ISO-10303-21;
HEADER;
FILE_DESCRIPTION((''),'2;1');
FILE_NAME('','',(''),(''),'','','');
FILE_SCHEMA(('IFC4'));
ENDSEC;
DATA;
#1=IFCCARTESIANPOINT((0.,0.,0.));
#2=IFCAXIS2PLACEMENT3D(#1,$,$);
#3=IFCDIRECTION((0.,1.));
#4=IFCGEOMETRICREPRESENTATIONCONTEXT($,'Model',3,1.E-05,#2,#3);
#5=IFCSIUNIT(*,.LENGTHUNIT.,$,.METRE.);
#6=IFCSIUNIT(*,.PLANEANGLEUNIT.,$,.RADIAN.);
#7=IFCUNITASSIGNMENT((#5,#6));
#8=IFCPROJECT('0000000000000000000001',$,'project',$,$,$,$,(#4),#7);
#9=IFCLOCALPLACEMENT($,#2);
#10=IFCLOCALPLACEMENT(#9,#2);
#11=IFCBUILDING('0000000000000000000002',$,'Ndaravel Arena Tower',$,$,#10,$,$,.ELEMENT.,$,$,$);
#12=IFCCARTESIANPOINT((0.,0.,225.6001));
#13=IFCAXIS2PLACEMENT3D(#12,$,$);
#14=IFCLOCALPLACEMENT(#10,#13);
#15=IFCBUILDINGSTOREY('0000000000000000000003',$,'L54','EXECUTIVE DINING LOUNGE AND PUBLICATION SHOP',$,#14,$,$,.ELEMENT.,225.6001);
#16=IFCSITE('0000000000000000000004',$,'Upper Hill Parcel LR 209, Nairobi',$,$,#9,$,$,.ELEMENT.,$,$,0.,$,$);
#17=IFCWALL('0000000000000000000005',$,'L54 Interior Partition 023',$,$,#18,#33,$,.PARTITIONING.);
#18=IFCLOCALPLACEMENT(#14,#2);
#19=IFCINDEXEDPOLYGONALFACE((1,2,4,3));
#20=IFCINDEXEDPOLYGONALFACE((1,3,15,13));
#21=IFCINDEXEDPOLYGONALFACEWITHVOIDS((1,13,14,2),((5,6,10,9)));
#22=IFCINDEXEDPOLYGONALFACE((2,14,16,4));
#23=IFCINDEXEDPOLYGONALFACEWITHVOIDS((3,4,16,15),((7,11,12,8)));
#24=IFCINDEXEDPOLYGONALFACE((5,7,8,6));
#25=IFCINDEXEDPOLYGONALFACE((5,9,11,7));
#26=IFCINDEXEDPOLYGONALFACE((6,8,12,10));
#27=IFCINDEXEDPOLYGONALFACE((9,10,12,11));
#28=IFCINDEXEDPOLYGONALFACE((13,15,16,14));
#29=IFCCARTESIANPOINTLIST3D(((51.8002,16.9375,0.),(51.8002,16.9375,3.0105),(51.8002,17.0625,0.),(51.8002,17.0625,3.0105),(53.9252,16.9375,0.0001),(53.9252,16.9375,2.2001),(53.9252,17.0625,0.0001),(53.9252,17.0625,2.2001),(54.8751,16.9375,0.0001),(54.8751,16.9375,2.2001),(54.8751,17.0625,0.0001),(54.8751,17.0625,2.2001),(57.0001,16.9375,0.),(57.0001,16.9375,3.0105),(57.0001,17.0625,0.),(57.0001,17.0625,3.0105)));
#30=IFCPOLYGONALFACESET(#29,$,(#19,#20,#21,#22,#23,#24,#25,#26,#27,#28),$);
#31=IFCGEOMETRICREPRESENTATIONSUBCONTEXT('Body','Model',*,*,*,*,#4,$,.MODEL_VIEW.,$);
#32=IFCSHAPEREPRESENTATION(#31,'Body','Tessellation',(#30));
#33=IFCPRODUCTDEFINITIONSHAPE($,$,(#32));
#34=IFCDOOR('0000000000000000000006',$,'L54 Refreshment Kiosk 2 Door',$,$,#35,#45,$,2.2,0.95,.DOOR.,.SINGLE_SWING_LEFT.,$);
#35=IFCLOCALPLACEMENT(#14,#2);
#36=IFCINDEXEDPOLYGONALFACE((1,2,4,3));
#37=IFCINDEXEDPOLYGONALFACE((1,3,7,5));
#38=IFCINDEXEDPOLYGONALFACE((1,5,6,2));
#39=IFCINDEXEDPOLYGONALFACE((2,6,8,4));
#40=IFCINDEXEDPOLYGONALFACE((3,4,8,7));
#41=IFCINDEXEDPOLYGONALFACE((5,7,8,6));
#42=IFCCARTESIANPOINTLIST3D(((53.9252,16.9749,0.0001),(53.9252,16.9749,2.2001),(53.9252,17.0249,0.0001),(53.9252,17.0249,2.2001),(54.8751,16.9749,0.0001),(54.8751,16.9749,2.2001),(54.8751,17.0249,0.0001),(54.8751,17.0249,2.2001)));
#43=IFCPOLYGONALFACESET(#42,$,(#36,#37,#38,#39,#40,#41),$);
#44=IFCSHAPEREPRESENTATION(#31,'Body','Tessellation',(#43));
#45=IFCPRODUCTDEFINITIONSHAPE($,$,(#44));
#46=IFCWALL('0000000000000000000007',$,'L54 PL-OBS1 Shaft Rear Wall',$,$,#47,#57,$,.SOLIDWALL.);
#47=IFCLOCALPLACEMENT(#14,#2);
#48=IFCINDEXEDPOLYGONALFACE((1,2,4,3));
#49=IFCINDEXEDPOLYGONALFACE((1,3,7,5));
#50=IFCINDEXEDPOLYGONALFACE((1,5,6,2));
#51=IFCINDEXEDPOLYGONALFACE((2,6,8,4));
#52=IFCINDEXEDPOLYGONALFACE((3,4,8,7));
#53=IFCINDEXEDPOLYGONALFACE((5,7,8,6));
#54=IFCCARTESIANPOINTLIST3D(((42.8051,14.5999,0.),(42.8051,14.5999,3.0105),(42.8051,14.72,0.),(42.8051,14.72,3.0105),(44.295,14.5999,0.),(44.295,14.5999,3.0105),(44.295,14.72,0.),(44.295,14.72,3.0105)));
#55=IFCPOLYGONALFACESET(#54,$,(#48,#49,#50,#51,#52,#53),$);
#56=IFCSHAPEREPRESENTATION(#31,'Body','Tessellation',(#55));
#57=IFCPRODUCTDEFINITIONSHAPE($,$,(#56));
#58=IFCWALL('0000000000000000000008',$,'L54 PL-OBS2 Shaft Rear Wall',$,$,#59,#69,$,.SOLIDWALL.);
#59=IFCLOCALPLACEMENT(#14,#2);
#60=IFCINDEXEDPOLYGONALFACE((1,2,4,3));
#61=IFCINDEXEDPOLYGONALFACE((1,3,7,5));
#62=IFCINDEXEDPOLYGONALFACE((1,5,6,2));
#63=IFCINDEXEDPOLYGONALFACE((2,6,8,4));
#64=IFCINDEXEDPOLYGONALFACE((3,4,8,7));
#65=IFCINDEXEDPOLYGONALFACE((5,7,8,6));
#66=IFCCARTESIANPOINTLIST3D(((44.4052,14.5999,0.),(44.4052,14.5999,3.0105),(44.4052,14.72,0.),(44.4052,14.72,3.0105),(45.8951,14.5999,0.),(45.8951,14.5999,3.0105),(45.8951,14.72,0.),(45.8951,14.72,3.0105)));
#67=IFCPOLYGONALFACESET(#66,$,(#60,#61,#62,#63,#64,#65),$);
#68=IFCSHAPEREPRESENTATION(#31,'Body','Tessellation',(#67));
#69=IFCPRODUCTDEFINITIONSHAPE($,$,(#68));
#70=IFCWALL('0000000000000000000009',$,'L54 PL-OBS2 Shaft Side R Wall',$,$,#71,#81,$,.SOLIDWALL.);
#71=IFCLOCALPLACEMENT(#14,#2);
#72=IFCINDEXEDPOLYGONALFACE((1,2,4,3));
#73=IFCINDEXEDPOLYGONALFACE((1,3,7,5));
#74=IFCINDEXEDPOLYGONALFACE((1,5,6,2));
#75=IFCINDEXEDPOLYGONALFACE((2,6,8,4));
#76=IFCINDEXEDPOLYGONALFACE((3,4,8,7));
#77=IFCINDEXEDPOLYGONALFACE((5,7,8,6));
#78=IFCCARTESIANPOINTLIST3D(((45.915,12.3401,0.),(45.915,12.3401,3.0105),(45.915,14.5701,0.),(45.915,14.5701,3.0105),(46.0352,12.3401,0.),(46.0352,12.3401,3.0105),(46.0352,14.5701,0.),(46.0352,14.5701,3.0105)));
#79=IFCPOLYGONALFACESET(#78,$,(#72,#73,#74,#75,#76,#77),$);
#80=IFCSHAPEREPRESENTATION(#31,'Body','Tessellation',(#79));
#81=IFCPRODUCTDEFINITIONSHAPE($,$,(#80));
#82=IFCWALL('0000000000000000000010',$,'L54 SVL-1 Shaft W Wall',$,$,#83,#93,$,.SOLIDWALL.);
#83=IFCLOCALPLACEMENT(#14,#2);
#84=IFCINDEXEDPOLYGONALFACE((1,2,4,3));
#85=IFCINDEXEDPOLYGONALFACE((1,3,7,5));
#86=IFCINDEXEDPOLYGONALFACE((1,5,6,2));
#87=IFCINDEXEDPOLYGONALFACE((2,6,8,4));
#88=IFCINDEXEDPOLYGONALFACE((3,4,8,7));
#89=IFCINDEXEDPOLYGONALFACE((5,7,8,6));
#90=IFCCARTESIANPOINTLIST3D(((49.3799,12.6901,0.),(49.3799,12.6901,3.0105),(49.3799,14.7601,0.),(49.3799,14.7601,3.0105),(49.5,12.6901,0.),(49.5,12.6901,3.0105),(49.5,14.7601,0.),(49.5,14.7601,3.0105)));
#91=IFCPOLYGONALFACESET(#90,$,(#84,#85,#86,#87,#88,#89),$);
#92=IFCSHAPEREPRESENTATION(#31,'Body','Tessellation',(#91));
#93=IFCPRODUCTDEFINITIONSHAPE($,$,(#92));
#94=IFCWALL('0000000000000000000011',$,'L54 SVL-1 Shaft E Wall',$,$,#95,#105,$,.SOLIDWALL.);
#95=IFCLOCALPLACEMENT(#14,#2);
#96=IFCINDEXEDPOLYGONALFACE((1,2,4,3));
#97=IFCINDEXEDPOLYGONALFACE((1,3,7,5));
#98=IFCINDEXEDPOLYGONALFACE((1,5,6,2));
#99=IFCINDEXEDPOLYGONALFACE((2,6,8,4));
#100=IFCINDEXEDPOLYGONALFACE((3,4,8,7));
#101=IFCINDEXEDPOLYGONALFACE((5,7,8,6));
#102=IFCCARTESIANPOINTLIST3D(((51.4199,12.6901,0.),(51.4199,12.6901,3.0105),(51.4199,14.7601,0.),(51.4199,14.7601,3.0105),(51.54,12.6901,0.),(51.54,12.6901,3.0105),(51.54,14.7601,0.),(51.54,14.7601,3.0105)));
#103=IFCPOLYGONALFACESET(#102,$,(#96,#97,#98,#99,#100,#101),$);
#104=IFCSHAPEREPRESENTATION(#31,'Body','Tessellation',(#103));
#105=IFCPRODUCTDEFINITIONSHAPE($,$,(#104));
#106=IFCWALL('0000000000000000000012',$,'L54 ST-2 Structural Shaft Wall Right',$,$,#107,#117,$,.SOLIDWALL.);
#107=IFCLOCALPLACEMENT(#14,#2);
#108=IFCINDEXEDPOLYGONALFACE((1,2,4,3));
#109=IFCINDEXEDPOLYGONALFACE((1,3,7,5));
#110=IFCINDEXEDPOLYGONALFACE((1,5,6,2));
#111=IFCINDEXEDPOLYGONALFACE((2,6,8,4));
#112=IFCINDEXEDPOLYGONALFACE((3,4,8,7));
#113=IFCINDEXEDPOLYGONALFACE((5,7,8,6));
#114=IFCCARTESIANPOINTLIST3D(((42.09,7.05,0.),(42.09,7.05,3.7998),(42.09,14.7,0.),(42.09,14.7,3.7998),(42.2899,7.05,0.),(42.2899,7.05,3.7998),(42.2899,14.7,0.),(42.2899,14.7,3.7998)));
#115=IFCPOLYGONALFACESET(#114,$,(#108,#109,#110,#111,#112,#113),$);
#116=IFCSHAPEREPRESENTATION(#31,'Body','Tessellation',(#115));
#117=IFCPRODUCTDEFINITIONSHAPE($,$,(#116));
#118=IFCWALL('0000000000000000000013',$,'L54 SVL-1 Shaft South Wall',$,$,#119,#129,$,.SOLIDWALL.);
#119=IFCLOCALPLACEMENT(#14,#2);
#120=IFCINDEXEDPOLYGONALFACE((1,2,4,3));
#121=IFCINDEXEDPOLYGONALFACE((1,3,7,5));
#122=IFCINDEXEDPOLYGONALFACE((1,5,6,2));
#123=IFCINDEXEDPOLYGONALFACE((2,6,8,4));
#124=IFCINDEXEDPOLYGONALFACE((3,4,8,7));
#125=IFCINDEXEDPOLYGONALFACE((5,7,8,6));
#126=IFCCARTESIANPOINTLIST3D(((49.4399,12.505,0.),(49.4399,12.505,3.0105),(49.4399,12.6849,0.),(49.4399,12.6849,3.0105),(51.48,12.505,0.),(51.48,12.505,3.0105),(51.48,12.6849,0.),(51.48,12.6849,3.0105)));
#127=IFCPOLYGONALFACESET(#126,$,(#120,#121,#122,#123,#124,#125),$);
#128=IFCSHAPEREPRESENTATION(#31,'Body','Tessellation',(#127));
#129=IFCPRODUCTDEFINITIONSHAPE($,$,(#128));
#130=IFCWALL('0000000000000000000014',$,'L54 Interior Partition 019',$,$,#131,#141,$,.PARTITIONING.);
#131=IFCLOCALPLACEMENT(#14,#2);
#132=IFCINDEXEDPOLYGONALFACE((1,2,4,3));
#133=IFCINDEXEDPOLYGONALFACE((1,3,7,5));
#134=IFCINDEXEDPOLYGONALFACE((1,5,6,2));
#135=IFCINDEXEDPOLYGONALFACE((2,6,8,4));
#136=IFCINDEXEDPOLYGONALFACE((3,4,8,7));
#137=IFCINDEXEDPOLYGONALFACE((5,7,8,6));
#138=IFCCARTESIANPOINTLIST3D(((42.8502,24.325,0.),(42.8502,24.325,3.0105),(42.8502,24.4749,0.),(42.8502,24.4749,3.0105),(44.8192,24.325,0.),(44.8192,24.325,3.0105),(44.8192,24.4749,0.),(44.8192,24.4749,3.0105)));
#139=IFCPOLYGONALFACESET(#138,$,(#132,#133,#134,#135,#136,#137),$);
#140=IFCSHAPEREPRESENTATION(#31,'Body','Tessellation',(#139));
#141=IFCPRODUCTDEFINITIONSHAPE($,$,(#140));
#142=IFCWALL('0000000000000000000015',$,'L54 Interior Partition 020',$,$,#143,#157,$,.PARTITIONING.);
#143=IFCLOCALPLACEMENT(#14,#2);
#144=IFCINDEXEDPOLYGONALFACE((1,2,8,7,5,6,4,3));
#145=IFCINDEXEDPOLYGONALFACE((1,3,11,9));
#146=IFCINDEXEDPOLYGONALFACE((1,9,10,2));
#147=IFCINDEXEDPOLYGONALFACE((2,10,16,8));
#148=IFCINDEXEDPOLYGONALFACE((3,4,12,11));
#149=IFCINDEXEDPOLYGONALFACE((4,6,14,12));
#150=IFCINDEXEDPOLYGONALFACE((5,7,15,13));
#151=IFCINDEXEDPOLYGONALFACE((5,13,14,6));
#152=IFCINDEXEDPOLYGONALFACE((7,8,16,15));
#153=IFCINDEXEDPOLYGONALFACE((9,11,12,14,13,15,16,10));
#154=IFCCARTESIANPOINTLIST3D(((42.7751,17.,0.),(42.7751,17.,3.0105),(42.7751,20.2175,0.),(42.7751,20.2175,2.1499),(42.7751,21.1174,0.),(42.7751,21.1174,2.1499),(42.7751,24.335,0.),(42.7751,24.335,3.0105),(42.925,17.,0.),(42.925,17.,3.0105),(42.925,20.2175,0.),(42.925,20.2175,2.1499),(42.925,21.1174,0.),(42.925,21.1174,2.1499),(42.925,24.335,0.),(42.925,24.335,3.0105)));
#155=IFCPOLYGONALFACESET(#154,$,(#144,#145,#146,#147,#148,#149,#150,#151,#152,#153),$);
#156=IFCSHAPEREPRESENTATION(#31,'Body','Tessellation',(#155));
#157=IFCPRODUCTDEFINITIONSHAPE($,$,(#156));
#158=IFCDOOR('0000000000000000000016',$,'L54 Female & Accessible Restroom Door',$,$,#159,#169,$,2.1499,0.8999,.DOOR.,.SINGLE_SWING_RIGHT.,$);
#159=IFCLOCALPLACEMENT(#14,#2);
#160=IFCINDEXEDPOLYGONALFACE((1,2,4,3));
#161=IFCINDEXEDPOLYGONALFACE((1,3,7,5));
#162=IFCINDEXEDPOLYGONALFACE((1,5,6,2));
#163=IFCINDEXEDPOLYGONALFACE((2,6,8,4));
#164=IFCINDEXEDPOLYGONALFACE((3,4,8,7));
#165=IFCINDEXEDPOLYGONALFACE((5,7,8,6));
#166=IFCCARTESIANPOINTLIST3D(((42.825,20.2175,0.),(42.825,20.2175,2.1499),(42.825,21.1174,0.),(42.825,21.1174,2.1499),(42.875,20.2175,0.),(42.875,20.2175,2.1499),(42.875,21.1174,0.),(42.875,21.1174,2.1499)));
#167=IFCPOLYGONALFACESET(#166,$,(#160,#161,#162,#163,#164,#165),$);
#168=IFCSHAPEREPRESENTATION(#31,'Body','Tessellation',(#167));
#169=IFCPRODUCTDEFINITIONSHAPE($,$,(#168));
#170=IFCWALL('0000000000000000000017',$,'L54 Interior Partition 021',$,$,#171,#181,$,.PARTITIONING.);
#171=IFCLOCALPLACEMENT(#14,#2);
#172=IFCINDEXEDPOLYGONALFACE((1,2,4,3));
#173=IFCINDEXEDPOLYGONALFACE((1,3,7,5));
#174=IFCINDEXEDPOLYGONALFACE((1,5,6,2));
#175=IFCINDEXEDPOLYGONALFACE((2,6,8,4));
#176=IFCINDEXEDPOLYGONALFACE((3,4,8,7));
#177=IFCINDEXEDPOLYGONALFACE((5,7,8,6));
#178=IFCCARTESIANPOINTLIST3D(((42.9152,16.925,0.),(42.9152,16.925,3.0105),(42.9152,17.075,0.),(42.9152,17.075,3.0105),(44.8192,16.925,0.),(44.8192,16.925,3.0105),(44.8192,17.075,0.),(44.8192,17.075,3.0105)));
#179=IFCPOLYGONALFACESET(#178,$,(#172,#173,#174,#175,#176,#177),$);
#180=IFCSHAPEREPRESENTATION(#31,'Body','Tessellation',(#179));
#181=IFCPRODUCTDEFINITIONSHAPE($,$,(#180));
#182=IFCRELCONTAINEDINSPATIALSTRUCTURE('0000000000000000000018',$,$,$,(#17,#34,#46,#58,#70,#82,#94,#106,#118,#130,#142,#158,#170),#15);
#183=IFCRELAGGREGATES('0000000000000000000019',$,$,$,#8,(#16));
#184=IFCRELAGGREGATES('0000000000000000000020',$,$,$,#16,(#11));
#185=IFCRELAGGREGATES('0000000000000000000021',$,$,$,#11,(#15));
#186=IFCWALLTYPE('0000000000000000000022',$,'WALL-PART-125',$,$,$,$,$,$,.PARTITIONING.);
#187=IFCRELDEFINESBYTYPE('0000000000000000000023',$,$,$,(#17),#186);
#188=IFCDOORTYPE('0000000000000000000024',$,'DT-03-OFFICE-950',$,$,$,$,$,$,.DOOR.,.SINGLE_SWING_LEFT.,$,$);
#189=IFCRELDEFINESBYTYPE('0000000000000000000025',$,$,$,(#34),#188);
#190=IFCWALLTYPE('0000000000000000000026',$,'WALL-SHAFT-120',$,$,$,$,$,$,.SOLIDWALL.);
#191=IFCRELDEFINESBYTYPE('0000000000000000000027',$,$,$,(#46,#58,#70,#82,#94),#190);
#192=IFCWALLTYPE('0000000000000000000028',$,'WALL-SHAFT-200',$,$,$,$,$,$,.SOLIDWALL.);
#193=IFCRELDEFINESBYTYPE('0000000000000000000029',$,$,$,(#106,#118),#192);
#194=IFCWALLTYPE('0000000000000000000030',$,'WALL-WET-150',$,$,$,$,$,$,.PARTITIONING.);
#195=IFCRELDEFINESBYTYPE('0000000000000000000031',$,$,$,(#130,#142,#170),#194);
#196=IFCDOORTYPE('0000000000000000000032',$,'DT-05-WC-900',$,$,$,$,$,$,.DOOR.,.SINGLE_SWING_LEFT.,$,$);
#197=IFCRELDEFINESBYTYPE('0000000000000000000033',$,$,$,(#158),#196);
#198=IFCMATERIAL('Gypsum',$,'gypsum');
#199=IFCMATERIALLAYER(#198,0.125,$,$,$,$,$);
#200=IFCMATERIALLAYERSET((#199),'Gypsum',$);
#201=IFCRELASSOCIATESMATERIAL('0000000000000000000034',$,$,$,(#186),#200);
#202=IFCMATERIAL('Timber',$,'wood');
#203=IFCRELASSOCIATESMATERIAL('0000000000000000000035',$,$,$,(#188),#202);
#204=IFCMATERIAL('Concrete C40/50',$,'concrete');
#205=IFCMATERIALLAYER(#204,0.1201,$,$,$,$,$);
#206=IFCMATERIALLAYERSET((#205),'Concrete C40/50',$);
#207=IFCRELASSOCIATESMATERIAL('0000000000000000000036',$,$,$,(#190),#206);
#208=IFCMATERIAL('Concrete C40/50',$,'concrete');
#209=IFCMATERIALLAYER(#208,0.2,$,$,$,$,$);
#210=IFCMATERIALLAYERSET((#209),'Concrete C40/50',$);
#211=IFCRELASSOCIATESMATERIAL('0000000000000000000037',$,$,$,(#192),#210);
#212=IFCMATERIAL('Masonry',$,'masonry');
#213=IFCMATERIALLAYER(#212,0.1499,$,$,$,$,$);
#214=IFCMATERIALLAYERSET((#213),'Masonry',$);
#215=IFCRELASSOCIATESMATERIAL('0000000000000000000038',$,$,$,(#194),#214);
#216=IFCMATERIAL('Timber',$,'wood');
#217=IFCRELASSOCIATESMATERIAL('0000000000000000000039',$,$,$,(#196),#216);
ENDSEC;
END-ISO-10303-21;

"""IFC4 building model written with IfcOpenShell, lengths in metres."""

from ifc_helpers import new_model, si_unit, direction, frame, frame_2d, origin, place, context, subcontext, project, spatial, rectangle, extrude, material, layer, layer_set, type_object, element, fill, save


model = new_model("IFC4")

# Units and contexts
model_context = context("Model", 3, precision=1e-05, world=origin(), true_north=direction((0.0, 1.0)))
body_context = subcontext(model_context, "Body", "Model", "MODEL_VIEW")
ifc_project = project(units=[si_unit("LENGTHUNIT", "METRE"), si_unit("PLANEANGLEUNIT", "RADIAN")], contexts=[model_context])

# Site, building, storey
site_placement = place(None, origin())
site = spatial("IfcSite", under=ifc_project, at=site_placement, Name="Upper Hill Parcel LR 209, Nairobi", CompositionType="ELEMENT", RefElevation=0.0)
building_placement = place(site_placement, origin())
building = spatial("IfcBuilding", under=site, at=building_placement, Name="Ndaravel Arena Tower", CompositionType="ELEMENT")
storey_placement = place(building_placement, frame((0.0, 0.0, 225.6001)))
storey = spatial("IfcBuildingStorey", under=building, at=storey_placement, Name="L54", Description="EXECUTIVE DINING LOUNGE AND PUBLICATION SHOP", CompositionType="ELEMENT", Elevation=225.6001)

# Shared definitions
ifc_material_1 = material(Name="Gypsum", Category="gypsum")
ifc_layer_1 = layer(ifc_material_1, 0.125)
ifc_layer_set_1 = layer_set([ifc_layer_1], Name="Gypsum")
wall_type_1 = type_object("IfcWallType", Name="WALL-PART-125", PredefinedType="PARTITIONING", material=ifc_layer_set_1)

# Wall, opening, door
ifc_material_2 = material(Name="Timber", Category="wood")
door_type_1 = type_object("IfcDoorType", Name="DT-03-OFFICE-950", OperationType="SINGLE_SWING_LEFT", PredefinedType="DOOR", material=ifc_material_2)
wall_1_placement = place(storey_placement, frame((51.8, 17.0, 0.0), z_axis=(0.0, 0.0, 1.0), x_axis=(1.0, 0.0, 0.0)))
wall_1 = element("IfcWall", 1, at=wall_1_placement, inside=storey, type_object=wall_type_1, Name="L54 Interior Partition 023", PredefinedType="PARTITIONING", context=body_context, shape_type="SweptSolid", body=[
    extrude(rectangle(XDim=5.2, YDim=0.125, at=frame_2d((2.6001, 0.0))), origin(), (0.0, 0.0, 1.0), 3.0105),
])
opening_1_placement = place(wall_1_placement, frame((2.125, 0.0, 0.0)))
opening_1 = element("IfcOpeningElement", 2, at=opening_1_placement, cuts=wall_1, PredefinedType="OPENING", context=body_context, shape_type="SweptSolid", body=[
    extrude(rectangle(XDim=0.95, YDim=2.2, at=frame_2d((0.4751, 1.1001))), frame((0.0, 0.0625, 0.0), z_axis=(0.0, -1.0, 0.0), x_axis=(1.0, 0.0, 0.0)), (0.0, 0.0, 1.0), 0.125),
])
door_1_placement = place(opening_1_placement, origin())
door_1 = element("IfcDoor", 3, at=door_1_placement, inside=storey, type_object=door_type_1, Name="L54 Refreshment Kiosk 2 Door", OperationType="SINGLE_SWING_LEFT", OverallHeight=2.2, OverallWidth=0.95, PredefinedType="DOOR", context=body_context, shape_type="SweptSolid", body=[
    extrude(rectangle(XDim=0.95, YDim=2.2, at=frame_2d((0.4751, 1.1001))), frame((0.0, 0.0249, 0.0), z_axis=(0.0, -1.0, 0.0), x_axis=(1.0, 0.0, 0.0)), (0.0, 0.0, 1.0), 0.05),
])
fill(opening_1, door_1)

# Walls
ifc_material_3 = material(Name="Concrete C40/50", Category="concrete")
ifc_layer_2 = layer(ifc_material_3, 0.1201)
ifc_layer_set_2 = layer_set([ifc_layer_2], Name="Concrete C40/50")
wall_type_2 = type_object("IfcWallType", Name="WALL-SHAFT-120", PredefinedType="SOLIDWALL", material=ifc_layer_set_2)
for number, where, z_axis, x_axis, name in (
    (4, (42.8049, 14.6599, 0.0), (0.0, 0.0, 1.0), (1.0, 0.0, 0.0), "L54 PL-OBS1 Shaft Rear Wall"),
    (5, (44.405, 14.6599, 0.0), (0.0, 0.0, 1.0), (1.0, 0.0, 0.0), "L54 PL-OBS2 Shaft Rear Wall"),
):
    element("IfcWall", number, at=place(storey_placement, frame(where, z_axis=z_axis, x_axis=x_axis)), inside=storey, type_object=wall_type_2, Name=name, PredefinedType="SOLIDWALL", context=body_context, shape_type="SweptSolid", body=[
        extrude(rectangle(XDim=1.49, YDim=0.1201, at=frame_2d((0.7451, 0.0))), origin(), (0.0, 0.0, 1.0), 3.0105),
    ])
wall_2_placement = place(storey_placement, frame((45.9751, 12.3401, 0.0), z_axis=(0.0, 0.0, 1.0), x_axis=(0.0, 1.0, 0.0)))
element("IfcWall", 6, at=wall_2_placement, inside=storey, type_object=wall_type_2, Name="L54 PL-OBS2 Shaft Side R Wall", PredefinedType="SOLIDWALL", context=body_context, shape_type="SweptSolid", body=[
    extrude(rectangle(XDim=2.23, YDim=0.1201, at=frame_2d((1.115, 0.0))), origin(), (0.0, 0.0, 1.0), 3.0105),
])
for number, where, z_axis, x_axis, name in (
    (7, (49.4399, 12.6899, 0.0), (0.0, 0.0, 1.0), (0.0, 1.0, 0.0), "L54 SVL-1 Shaft W Wall"),
    (8, (51.48, 12.6899, 0.0), (0.0, 0.0, 1.0), (0.0, 1.0, 0.0), "L54 SVL-1 Shaft E Wall"),
):
    element("IfcWall", number, at=place(storey_placement, frame(where, z_axis=z_axis, x_axis=x_axis)), inside=storey, type_object=wall_type_2, Name=name, PredefinedType="SOLIDWALL", context=body_context, shape_type="SweptSolid", body=[
        extrude(rectangle(XDim=2.0701, YDim=0.1201, at=frame_2d((1.0352, 0.0))), origin(), (0.0, 0.0, 1.0), 3.0105),
    ])
ifc_material_4 = material(Name="Concrete C40/50", Category="concrete")
ifc_layer_3 = layer(ifc_material_4, 0.2)
ifc_layer_set_3 = layer_set([ifc_layer_3], Name="Concrete C40/50")
wall_type_3 = type_object("IfcWallType", Name="WALL-SHAFT-200", PredefinedType="SOLIDWALL", material=ifc_layer_set_3)
wall_3_placement = place(storey_placement, frame((42.1899, 14.7, 0.0), z_axis=(0.0, 0.0, 1.0), x_axis=(0.0, -1.0, 0.0)))
element("IfcWall", 9, at=wall_3_placement, inside=storey, type_object=wall_type_3, Name="L54 ST-2 Structural Shaft Wall Right", PredefinedType="SOLIDWALL", context=body_context, shape_type="SweptSolid", body=[
    extrude(rectangle(XDim=7.6499, YDim=0.2, at=frame_2d((3.825, 0.0))), origin(), (0.0, 0.0, 1.0), 3.7998),
])
wall_4_placement = place(storey_placement, frame((49.4399, 12.595, 0.0), z_axis=(0.0, 0.0, 1.0), x_axis=(1.0, 0.0, 0.0)))
element("IfcWall", 10, at=wall_4_placement, inside=storey, type_object=wall_type_3, Name="L54 SVL-1 Shaft South Wall", PredefinedType="SOLIDWALL", context=body_context, shape_type="SweptSolid", body=[
    extrude(rectangle(XDim=2.04, YDim=0.1799, at=frame_2d((1.02, 0.0))), origin(), (0.0, 0.0, 1.0), 3.0105),
])
ifc_material_5 = material(Name="Masonry", Category="masonry")
ifc_layer_4 = layer(ifc_material_5, 0.1499)
ifc_layer_set_4 = layer_set([ifc_layer_4], Name="Masonry")
wall_type_4 = type_object("IfcWallType", Name="WALL-WET-150", PredefinedType="PARTITIONING", material=ifc_layer_set_4)
wall_5_placement = place(storey_placement, frame((44.8191, 24.3999, 0.0), z_axis=(0.0, 0.0, 1.0), x_axis=(-1.0, 0.0, 0.0)))
element("IfcWall", 11, at=wall_5_placement, inside=storey, type_object=wall_type_4, Name="L54 Interior Partition 019", PredefinedType="PARTITIONING", context=body_context, shape_type="SweptSolid", body=[
    extrude(rectangle(XDim=1.969, YDim=0.1499, at=frame_2d((0.9844, 0.0))), origin(), (0.0, 0.0, 1.0), 3.0105),
])

# Wall, opening, door
wall_6_placement = place(storey_placement, frame((42.8501, 24.335, 0.0), z_axis=(0.0, 0.0, 1.0), x_axis=(0.0, -1.0, 0.0)))
wall_6 = element("IfcWall", 12, at=wall_6_placement, inside=storey, type_object=wall_type_4, Name="L54 Interior Partition 020", PredefinedType="PARTITIONING", context=body_context, shape_type="SweptSolid", body=[
    extrude(rectangle(XDim=7.335, YDim=0.1499, at=frame_2d((3.6675, 0.0))), origin(), (0.0, 0.0, 1.0), 3.0105),
])
opening_2_placement = place(wall_6_placement, frame((3.2175, 0.0, 0.0)))
opening_2 = element("IfcOpeningElement", 13, at=opening_2_placement, cuts=wall_6, PredefinedType="OPENING", context=body_context, shape_type="SweptSolid", body=[
    extrude(rectangle(XDim=0.8999, YDim=2.1499, at=frame_2d((0.45, 1.075))), frame((0.0, 0.075, 0.0), z_axis=(0.0, -1.0, 0.0), x_axis=(1.0, 0.0, 0.0)), (0.0, 0.0, 1.0), 0.1499),
])
ifc_material_6 = material(Name="Timber", Category="wood")
door_type_2 = type_object("IfcDoorType", Name="DT-05-WC-900", OperationType="SINGLE_SWING_LEFT", PredefinedType="DOOR", material=ifc_material_6)
door_2_placement = place(opening_2_placement, origin())
door_2 = element("IfcDoor", 14, at=door_2_placement, inside=storey, type_object=door_type_2, Name="L54 Female & Accessible Restroom Door", OperationType="SINGLE_SWING_RIGHT", OverallHeight=2.1499, OverallWidth=0.8999, PredefinedType="DOOR", context=body_context, shape_type="SweptSolid", body=[
    extrude(rectangle(XDim=0.8999, YDim=2.1499, at=frame_2d((0.45, 1.075))), frame((0.0, 0.0249, 0.0), z_axis=(0.0, -1.0, 0.0), x_axis=(1.0, 0.0, 0.0)), (0.0, 0.0, 1.0), 0.05),
])
fill(opening_2, door_2)

# Wall
wall_7_placement = place(storey_placement, frame((42.915, 17.0, 0.0), z_axis=(0.0, 0.0, 1.0), x_axis=(1.0, 0.0, 0.0)))
element("IfcWall", 15, at=wall_7_placement, inside=storey, type_object=wall_type_4, Name="L54 Interior Partition 021", PredefinedType="PARTITIONING", context=body_context, shape_type="SweptSolid", body=[
    extrude(rectangle(XDim=1.9041, YDim=0.1499, at=frame_2d((0.9521, 0.0))), origin(), (0.0, 0.0, 1.0), 3.0105),
])

save(model, "model.ifc")
